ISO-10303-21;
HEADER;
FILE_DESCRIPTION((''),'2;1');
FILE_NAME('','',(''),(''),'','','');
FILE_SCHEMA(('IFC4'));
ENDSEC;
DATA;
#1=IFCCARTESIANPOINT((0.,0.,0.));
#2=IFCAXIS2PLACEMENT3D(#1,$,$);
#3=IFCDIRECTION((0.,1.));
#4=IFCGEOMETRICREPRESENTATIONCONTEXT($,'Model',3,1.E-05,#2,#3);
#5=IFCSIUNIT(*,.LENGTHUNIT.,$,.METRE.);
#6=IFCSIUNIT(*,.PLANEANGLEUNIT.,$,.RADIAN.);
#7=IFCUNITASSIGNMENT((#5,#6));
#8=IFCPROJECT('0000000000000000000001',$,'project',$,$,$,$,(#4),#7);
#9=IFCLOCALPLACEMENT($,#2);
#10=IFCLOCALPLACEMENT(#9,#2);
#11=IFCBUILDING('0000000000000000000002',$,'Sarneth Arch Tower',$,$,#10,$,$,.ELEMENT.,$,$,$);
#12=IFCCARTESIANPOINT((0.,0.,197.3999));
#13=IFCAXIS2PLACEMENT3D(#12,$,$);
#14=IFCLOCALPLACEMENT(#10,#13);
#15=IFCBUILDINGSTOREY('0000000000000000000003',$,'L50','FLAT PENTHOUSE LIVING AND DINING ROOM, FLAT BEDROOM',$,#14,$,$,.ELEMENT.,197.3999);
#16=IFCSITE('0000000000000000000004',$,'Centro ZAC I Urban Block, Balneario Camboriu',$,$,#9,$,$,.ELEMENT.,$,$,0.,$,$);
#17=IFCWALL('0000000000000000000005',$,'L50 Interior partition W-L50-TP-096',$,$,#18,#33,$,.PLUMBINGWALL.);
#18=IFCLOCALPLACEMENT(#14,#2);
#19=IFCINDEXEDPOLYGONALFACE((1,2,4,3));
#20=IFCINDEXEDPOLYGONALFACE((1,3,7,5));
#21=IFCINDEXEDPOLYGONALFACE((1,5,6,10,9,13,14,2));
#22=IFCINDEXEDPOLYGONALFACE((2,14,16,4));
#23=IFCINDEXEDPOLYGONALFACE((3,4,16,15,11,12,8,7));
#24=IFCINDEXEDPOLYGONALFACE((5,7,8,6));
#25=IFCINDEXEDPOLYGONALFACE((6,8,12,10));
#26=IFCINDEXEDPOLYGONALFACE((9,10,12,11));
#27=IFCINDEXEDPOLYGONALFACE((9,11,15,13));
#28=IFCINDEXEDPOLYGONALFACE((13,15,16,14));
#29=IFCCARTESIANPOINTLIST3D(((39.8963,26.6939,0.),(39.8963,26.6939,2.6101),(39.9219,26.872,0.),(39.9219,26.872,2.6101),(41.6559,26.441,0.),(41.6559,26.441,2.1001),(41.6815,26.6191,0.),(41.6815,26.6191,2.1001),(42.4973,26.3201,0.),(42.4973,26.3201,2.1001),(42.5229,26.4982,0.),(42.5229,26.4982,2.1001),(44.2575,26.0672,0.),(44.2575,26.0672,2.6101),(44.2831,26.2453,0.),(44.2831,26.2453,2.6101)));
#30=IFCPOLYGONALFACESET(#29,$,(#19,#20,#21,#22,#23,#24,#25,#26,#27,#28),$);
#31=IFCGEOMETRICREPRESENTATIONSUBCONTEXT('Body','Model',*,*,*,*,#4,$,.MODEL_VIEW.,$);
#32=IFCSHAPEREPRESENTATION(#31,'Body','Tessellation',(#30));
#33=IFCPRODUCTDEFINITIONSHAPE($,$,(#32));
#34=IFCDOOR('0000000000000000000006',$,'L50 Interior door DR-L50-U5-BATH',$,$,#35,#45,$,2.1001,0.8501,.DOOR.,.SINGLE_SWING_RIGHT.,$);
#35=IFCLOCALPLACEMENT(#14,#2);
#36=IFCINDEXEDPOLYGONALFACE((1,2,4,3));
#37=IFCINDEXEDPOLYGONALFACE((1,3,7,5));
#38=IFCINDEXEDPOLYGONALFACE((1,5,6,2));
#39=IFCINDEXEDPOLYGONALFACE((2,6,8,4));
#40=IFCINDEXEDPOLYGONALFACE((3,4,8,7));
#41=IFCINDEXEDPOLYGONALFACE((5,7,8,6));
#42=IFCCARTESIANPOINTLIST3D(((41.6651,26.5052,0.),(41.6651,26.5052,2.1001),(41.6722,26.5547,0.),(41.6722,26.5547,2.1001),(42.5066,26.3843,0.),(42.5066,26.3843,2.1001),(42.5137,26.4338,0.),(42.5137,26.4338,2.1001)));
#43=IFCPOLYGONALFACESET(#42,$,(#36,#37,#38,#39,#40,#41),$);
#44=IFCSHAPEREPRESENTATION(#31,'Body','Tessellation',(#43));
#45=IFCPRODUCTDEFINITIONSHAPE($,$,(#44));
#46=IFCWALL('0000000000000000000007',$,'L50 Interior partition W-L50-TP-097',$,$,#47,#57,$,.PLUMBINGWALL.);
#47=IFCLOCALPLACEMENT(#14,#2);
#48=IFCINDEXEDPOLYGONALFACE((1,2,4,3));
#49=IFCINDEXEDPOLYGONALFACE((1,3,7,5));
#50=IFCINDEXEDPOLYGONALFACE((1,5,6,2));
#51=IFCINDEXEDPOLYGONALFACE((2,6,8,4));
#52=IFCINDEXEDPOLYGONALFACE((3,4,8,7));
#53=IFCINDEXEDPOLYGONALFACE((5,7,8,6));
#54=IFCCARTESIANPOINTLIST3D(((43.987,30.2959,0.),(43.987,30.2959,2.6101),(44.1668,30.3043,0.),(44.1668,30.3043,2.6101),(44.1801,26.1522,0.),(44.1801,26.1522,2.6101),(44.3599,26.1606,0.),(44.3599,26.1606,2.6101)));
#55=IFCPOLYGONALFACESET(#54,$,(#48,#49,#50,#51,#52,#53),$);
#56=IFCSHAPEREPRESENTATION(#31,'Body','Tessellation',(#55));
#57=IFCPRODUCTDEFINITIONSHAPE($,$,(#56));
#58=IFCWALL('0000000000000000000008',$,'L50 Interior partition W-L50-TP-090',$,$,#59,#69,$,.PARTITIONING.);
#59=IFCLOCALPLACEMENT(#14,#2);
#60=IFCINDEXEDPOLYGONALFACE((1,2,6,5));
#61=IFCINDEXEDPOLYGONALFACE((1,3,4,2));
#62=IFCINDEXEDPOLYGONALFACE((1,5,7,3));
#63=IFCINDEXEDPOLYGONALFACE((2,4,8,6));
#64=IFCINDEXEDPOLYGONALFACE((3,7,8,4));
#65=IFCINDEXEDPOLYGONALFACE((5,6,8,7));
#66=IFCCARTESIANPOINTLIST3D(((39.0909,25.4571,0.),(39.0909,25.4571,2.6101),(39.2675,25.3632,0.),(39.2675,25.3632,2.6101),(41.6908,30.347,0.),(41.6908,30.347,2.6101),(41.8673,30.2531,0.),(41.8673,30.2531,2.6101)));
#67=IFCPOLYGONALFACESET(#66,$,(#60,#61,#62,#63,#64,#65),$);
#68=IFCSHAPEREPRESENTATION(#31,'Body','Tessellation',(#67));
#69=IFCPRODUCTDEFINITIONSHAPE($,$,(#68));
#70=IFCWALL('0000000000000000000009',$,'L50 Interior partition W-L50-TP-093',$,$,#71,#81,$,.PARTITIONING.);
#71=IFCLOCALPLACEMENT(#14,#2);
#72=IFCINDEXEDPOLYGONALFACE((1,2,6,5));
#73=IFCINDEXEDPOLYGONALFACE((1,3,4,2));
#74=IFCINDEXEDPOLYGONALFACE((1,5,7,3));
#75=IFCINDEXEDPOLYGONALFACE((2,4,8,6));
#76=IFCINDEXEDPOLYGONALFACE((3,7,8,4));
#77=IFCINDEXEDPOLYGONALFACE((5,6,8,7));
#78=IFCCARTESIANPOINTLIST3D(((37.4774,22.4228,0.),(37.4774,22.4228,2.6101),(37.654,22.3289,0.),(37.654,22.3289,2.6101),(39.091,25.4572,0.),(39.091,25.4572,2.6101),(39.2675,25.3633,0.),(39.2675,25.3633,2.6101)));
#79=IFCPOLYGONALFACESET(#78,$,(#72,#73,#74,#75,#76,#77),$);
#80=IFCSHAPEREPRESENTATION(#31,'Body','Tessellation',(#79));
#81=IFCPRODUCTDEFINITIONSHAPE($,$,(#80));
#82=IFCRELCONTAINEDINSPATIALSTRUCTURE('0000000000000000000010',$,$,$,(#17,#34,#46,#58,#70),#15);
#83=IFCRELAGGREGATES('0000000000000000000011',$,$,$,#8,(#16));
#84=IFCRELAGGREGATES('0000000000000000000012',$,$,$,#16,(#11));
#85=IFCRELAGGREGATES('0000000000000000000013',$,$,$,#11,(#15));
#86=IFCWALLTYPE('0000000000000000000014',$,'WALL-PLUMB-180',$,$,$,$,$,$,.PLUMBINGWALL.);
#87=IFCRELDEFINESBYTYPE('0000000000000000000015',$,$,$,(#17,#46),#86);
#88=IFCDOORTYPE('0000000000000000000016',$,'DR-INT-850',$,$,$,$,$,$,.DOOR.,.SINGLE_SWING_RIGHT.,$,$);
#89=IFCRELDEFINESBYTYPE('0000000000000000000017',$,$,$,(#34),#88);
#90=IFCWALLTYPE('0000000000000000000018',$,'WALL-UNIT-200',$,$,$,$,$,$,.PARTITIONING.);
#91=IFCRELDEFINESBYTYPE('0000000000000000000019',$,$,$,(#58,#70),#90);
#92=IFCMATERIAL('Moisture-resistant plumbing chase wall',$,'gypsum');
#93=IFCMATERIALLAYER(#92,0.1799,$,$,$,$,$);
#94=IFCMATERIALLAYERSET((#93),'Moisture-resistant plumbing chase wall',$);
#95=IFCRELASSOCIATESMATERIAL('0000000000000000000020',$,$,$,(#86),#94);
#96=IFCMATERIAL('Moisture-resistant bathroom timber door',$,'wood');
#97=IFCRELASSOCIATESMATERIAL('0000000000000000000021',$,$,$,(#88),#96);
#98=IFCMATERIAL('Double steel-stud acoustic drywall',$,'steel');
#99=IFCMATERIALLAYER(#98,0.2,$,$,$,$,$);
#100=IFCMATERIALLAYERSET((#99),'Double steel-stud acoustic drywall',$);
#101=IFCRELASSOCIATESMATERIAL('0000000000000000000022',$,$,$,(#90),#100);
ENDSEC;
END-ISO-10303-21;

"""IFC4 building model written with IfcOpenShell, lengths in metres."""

from ifc_helpers import new_model, si_unit, direction, frame, frame_2d, origin, place, context, subcontext, project, spatial, rectangle, extrude, material, layer, layer_set, type_object, element, fill, save


model = new_model("IFC4")

# Units and contexts
model_context = context("Model", 3, precision=1e-05, world=origin(), true_north=direction((0.0, 1.0)))
body_context = subcontext(model_context, "Body", "Model", "MODEL_VIEW")
ifc_project = project(units=[si_unit("LENGTHUNIT", "METRE"), si_unit("PLANEANGLEUNIT", "RADIAN")], contexts=[model_context])

# Site, building, storey
site_placement = place(None, origin())
site = spatial("IfcSite", under=ifc_project, at=site_placement, Name="Centro ZAC I Urban Block, Balneario Camboriu", CompositionType="ELEMENT", RefElevation=0.0)
building_placement = place(site_placement, origin())
building = spatial("IfcBuilding", under=site, at=building_placement, Name="Sarneth Arch Tower", CompositionType="ELEMENT")
storey_placement = place(building_placement, frame((0.0, 0.0, 197.3999)))
storey = spatial("IfcBuildingStorey", under=building, at=storey_placement, Name="L50", Description="FLAT PENTHOUSE LIVING AND DINING ROOM, FLAT BEDROOM", CompositionType="ELEMENT", Elevation=197.3999)

# Wall, opening, door
ifc_material_1 = material(Name="Moisture-resistant plumbing chase wall", Category="gypsum")
ifc_layer_1 = layer(ifc_material_1, 0.1799)
ifc_layer_set_1 = layer_set([ifc_layer_1], Name="Moisture-resistant plumbing chase wall")
wall_type_1 = type_object("IfcWallType", Name="WALL-PLUMB-180", PredefinedType="PLUMBINGWALL", material=ifc_layer_set_1)
wall_1_placement = place(storey_placement, frame((39.9089, 26.783, 0.0), z_axis=(0.0, 0.0, 1.0), x_axis=(0.989832, -0.142244, 0.0)))
wall_1 = element("IfcWall", 1, at=wall_1_placement, inside=storey, type_object=wall_type_1, Name="L50 Interior partition W-L50-TP-096", PredefinedType="PLUMBINGWALL", context=body_context, shape_type="SweptSolid", body=[
    extrude(rectangle(XDim=4.406, YDim=0.1799, at=frame_2d((2.2031, 0.0))), origin(), (0.0, 0.0, 1.0), 2.6101),
])
opening_1_placement = place(wall_1_placement, frame((1.7778, 0.0, 0.0)))
opening_1 = element("IfcOpeningElement", 2, at=opening_1_placement, cuts=wall_1, PredefinedType="OPENING", context=body_context, shape_type="SweptSolid", body=[
    extrude(rectangle(XDim=0.8501, YDim=2.1001, at=frame_2d((0.425, 1.05))), frame((0.0, 0.0999, 0.0), z_axis=(0.0, -1.0, 0.0), x_axis=(1.0, 0.0, 0.0)), (0.0, 0.0, 1.0), 0.2),
])
ifc_material_2 = material(Name="Moisture-resistant bathroom timber door", Category="wood")
door_type_1 = type_object("IfcDoorType", Name="DR-INT-850", OperationType="SINGLE_SWING_RIGHT", PredefinedType="DOOR", material=ifc_material_2)
door_1_placement = place(opening_1_placement, origin())
door_1 = element("IfcDoor", 3, at=door_1_placement, inside=storey, type_object=door_type_1, Name="L50 Interior door DR-L50-U5-BATH", OperationType="SINGLE_SWING_RIGHT", OverallHeight=2.1001, OverallWidth=0.8501, PredefinedType="DOOR", context=body_context, shape_type="SweptSolid", body=[
    extrude(rectangle(XDim=0.8501, YDim=2.1001, at=frame_2d((0.425, 1.05))), frame((0.0, 0.0249, 0.0), z_axis=(0.0, -1.0, 0.0), x_axis=(1.0, 0.0, 0.0)), (0.0, 0.0, 1.0), 0.05),
])
fill(opening_1, door_1)

# Walls
wall_2_placement = place(storey_placement, frame((44.27, 26.1562, 0.0), z_axis=(0.0, 0.0, 1.0), x_axis=(-0.046553, 0.998916, 0.0)))
element("IfcWall", 4, at=wall_2_placement, inside=storey, type_object=wall_type_1, Name="L50 Interior partition W-L50-TP-097", PredefinedType="PLUMBINGWALL", context=body_context, shape_type="SweptSolid", body=[
    extrude(rectangle(XDim=4.1482, YDim=0.1799, at=frame_2d((2.0742, 0.0))), origin(), (0.0, 0.0, 1.0), 2.6101),
])
ifc_material_3 = material(Name="Double steel-stud acoustic drywall", Category="steel")
ifc_layer_2 = layer(ifc_material_3, 0.2)
ifc_layer_set_2 = layer_set([ifc_layer_2], Name="Double steel-stud acoustic drywall")
wall_type_2 = type_object("IfcWallType", Name="WALL-UNIT-200", PredefinedType="PARTITIONING", material=ifc_layer_set_2)
wall_3_placement = place(storey_placement, frame((39.1792, 25.4102, 0.0), z_axis=(0.0, 0.0, 1.0), x_axis=(0.469451, 0.882959, 0.0)))
element("IfcWall", 5, at=wall_3_placement, inside=storey, type_object=wall_type_2, Name="L50 Interior partition W-L50-TP-090", PredefinedType="PARTITIONING", context=body_context, shape_type="SweptSolid", body=[
    extrude(rectangle(XDim=5.5381, YDim=0.2, at=frame_2d((2.769, 0.0))), origin(), (0.0, 0.0, 1.0), 2.6101),
])
wall_4_placement = place(storey_placement, frame((39.1792, 25.4102, 0.0), z_axis=(0.0, 0.0, 1.0), x_axis=(-0.469493, -0.882936, 0.0)))
element("IfcWall", 6, at=wall_4_placement, inside=storey, type_object=wall_type_2, Name="L50 Interior partition W-L50-TP-093", PredefinedType="PARTITIONING", context=body_context, shape_type="SweptSolid", body=[
    extrude(rectangle(XDim=3.4368, YDim=0.2, at=frame_2d((1.7183, 0.0))), origin(), (0.0, 0.0, 1.0), 2.6101),
])

save(model, "model.ifc")
